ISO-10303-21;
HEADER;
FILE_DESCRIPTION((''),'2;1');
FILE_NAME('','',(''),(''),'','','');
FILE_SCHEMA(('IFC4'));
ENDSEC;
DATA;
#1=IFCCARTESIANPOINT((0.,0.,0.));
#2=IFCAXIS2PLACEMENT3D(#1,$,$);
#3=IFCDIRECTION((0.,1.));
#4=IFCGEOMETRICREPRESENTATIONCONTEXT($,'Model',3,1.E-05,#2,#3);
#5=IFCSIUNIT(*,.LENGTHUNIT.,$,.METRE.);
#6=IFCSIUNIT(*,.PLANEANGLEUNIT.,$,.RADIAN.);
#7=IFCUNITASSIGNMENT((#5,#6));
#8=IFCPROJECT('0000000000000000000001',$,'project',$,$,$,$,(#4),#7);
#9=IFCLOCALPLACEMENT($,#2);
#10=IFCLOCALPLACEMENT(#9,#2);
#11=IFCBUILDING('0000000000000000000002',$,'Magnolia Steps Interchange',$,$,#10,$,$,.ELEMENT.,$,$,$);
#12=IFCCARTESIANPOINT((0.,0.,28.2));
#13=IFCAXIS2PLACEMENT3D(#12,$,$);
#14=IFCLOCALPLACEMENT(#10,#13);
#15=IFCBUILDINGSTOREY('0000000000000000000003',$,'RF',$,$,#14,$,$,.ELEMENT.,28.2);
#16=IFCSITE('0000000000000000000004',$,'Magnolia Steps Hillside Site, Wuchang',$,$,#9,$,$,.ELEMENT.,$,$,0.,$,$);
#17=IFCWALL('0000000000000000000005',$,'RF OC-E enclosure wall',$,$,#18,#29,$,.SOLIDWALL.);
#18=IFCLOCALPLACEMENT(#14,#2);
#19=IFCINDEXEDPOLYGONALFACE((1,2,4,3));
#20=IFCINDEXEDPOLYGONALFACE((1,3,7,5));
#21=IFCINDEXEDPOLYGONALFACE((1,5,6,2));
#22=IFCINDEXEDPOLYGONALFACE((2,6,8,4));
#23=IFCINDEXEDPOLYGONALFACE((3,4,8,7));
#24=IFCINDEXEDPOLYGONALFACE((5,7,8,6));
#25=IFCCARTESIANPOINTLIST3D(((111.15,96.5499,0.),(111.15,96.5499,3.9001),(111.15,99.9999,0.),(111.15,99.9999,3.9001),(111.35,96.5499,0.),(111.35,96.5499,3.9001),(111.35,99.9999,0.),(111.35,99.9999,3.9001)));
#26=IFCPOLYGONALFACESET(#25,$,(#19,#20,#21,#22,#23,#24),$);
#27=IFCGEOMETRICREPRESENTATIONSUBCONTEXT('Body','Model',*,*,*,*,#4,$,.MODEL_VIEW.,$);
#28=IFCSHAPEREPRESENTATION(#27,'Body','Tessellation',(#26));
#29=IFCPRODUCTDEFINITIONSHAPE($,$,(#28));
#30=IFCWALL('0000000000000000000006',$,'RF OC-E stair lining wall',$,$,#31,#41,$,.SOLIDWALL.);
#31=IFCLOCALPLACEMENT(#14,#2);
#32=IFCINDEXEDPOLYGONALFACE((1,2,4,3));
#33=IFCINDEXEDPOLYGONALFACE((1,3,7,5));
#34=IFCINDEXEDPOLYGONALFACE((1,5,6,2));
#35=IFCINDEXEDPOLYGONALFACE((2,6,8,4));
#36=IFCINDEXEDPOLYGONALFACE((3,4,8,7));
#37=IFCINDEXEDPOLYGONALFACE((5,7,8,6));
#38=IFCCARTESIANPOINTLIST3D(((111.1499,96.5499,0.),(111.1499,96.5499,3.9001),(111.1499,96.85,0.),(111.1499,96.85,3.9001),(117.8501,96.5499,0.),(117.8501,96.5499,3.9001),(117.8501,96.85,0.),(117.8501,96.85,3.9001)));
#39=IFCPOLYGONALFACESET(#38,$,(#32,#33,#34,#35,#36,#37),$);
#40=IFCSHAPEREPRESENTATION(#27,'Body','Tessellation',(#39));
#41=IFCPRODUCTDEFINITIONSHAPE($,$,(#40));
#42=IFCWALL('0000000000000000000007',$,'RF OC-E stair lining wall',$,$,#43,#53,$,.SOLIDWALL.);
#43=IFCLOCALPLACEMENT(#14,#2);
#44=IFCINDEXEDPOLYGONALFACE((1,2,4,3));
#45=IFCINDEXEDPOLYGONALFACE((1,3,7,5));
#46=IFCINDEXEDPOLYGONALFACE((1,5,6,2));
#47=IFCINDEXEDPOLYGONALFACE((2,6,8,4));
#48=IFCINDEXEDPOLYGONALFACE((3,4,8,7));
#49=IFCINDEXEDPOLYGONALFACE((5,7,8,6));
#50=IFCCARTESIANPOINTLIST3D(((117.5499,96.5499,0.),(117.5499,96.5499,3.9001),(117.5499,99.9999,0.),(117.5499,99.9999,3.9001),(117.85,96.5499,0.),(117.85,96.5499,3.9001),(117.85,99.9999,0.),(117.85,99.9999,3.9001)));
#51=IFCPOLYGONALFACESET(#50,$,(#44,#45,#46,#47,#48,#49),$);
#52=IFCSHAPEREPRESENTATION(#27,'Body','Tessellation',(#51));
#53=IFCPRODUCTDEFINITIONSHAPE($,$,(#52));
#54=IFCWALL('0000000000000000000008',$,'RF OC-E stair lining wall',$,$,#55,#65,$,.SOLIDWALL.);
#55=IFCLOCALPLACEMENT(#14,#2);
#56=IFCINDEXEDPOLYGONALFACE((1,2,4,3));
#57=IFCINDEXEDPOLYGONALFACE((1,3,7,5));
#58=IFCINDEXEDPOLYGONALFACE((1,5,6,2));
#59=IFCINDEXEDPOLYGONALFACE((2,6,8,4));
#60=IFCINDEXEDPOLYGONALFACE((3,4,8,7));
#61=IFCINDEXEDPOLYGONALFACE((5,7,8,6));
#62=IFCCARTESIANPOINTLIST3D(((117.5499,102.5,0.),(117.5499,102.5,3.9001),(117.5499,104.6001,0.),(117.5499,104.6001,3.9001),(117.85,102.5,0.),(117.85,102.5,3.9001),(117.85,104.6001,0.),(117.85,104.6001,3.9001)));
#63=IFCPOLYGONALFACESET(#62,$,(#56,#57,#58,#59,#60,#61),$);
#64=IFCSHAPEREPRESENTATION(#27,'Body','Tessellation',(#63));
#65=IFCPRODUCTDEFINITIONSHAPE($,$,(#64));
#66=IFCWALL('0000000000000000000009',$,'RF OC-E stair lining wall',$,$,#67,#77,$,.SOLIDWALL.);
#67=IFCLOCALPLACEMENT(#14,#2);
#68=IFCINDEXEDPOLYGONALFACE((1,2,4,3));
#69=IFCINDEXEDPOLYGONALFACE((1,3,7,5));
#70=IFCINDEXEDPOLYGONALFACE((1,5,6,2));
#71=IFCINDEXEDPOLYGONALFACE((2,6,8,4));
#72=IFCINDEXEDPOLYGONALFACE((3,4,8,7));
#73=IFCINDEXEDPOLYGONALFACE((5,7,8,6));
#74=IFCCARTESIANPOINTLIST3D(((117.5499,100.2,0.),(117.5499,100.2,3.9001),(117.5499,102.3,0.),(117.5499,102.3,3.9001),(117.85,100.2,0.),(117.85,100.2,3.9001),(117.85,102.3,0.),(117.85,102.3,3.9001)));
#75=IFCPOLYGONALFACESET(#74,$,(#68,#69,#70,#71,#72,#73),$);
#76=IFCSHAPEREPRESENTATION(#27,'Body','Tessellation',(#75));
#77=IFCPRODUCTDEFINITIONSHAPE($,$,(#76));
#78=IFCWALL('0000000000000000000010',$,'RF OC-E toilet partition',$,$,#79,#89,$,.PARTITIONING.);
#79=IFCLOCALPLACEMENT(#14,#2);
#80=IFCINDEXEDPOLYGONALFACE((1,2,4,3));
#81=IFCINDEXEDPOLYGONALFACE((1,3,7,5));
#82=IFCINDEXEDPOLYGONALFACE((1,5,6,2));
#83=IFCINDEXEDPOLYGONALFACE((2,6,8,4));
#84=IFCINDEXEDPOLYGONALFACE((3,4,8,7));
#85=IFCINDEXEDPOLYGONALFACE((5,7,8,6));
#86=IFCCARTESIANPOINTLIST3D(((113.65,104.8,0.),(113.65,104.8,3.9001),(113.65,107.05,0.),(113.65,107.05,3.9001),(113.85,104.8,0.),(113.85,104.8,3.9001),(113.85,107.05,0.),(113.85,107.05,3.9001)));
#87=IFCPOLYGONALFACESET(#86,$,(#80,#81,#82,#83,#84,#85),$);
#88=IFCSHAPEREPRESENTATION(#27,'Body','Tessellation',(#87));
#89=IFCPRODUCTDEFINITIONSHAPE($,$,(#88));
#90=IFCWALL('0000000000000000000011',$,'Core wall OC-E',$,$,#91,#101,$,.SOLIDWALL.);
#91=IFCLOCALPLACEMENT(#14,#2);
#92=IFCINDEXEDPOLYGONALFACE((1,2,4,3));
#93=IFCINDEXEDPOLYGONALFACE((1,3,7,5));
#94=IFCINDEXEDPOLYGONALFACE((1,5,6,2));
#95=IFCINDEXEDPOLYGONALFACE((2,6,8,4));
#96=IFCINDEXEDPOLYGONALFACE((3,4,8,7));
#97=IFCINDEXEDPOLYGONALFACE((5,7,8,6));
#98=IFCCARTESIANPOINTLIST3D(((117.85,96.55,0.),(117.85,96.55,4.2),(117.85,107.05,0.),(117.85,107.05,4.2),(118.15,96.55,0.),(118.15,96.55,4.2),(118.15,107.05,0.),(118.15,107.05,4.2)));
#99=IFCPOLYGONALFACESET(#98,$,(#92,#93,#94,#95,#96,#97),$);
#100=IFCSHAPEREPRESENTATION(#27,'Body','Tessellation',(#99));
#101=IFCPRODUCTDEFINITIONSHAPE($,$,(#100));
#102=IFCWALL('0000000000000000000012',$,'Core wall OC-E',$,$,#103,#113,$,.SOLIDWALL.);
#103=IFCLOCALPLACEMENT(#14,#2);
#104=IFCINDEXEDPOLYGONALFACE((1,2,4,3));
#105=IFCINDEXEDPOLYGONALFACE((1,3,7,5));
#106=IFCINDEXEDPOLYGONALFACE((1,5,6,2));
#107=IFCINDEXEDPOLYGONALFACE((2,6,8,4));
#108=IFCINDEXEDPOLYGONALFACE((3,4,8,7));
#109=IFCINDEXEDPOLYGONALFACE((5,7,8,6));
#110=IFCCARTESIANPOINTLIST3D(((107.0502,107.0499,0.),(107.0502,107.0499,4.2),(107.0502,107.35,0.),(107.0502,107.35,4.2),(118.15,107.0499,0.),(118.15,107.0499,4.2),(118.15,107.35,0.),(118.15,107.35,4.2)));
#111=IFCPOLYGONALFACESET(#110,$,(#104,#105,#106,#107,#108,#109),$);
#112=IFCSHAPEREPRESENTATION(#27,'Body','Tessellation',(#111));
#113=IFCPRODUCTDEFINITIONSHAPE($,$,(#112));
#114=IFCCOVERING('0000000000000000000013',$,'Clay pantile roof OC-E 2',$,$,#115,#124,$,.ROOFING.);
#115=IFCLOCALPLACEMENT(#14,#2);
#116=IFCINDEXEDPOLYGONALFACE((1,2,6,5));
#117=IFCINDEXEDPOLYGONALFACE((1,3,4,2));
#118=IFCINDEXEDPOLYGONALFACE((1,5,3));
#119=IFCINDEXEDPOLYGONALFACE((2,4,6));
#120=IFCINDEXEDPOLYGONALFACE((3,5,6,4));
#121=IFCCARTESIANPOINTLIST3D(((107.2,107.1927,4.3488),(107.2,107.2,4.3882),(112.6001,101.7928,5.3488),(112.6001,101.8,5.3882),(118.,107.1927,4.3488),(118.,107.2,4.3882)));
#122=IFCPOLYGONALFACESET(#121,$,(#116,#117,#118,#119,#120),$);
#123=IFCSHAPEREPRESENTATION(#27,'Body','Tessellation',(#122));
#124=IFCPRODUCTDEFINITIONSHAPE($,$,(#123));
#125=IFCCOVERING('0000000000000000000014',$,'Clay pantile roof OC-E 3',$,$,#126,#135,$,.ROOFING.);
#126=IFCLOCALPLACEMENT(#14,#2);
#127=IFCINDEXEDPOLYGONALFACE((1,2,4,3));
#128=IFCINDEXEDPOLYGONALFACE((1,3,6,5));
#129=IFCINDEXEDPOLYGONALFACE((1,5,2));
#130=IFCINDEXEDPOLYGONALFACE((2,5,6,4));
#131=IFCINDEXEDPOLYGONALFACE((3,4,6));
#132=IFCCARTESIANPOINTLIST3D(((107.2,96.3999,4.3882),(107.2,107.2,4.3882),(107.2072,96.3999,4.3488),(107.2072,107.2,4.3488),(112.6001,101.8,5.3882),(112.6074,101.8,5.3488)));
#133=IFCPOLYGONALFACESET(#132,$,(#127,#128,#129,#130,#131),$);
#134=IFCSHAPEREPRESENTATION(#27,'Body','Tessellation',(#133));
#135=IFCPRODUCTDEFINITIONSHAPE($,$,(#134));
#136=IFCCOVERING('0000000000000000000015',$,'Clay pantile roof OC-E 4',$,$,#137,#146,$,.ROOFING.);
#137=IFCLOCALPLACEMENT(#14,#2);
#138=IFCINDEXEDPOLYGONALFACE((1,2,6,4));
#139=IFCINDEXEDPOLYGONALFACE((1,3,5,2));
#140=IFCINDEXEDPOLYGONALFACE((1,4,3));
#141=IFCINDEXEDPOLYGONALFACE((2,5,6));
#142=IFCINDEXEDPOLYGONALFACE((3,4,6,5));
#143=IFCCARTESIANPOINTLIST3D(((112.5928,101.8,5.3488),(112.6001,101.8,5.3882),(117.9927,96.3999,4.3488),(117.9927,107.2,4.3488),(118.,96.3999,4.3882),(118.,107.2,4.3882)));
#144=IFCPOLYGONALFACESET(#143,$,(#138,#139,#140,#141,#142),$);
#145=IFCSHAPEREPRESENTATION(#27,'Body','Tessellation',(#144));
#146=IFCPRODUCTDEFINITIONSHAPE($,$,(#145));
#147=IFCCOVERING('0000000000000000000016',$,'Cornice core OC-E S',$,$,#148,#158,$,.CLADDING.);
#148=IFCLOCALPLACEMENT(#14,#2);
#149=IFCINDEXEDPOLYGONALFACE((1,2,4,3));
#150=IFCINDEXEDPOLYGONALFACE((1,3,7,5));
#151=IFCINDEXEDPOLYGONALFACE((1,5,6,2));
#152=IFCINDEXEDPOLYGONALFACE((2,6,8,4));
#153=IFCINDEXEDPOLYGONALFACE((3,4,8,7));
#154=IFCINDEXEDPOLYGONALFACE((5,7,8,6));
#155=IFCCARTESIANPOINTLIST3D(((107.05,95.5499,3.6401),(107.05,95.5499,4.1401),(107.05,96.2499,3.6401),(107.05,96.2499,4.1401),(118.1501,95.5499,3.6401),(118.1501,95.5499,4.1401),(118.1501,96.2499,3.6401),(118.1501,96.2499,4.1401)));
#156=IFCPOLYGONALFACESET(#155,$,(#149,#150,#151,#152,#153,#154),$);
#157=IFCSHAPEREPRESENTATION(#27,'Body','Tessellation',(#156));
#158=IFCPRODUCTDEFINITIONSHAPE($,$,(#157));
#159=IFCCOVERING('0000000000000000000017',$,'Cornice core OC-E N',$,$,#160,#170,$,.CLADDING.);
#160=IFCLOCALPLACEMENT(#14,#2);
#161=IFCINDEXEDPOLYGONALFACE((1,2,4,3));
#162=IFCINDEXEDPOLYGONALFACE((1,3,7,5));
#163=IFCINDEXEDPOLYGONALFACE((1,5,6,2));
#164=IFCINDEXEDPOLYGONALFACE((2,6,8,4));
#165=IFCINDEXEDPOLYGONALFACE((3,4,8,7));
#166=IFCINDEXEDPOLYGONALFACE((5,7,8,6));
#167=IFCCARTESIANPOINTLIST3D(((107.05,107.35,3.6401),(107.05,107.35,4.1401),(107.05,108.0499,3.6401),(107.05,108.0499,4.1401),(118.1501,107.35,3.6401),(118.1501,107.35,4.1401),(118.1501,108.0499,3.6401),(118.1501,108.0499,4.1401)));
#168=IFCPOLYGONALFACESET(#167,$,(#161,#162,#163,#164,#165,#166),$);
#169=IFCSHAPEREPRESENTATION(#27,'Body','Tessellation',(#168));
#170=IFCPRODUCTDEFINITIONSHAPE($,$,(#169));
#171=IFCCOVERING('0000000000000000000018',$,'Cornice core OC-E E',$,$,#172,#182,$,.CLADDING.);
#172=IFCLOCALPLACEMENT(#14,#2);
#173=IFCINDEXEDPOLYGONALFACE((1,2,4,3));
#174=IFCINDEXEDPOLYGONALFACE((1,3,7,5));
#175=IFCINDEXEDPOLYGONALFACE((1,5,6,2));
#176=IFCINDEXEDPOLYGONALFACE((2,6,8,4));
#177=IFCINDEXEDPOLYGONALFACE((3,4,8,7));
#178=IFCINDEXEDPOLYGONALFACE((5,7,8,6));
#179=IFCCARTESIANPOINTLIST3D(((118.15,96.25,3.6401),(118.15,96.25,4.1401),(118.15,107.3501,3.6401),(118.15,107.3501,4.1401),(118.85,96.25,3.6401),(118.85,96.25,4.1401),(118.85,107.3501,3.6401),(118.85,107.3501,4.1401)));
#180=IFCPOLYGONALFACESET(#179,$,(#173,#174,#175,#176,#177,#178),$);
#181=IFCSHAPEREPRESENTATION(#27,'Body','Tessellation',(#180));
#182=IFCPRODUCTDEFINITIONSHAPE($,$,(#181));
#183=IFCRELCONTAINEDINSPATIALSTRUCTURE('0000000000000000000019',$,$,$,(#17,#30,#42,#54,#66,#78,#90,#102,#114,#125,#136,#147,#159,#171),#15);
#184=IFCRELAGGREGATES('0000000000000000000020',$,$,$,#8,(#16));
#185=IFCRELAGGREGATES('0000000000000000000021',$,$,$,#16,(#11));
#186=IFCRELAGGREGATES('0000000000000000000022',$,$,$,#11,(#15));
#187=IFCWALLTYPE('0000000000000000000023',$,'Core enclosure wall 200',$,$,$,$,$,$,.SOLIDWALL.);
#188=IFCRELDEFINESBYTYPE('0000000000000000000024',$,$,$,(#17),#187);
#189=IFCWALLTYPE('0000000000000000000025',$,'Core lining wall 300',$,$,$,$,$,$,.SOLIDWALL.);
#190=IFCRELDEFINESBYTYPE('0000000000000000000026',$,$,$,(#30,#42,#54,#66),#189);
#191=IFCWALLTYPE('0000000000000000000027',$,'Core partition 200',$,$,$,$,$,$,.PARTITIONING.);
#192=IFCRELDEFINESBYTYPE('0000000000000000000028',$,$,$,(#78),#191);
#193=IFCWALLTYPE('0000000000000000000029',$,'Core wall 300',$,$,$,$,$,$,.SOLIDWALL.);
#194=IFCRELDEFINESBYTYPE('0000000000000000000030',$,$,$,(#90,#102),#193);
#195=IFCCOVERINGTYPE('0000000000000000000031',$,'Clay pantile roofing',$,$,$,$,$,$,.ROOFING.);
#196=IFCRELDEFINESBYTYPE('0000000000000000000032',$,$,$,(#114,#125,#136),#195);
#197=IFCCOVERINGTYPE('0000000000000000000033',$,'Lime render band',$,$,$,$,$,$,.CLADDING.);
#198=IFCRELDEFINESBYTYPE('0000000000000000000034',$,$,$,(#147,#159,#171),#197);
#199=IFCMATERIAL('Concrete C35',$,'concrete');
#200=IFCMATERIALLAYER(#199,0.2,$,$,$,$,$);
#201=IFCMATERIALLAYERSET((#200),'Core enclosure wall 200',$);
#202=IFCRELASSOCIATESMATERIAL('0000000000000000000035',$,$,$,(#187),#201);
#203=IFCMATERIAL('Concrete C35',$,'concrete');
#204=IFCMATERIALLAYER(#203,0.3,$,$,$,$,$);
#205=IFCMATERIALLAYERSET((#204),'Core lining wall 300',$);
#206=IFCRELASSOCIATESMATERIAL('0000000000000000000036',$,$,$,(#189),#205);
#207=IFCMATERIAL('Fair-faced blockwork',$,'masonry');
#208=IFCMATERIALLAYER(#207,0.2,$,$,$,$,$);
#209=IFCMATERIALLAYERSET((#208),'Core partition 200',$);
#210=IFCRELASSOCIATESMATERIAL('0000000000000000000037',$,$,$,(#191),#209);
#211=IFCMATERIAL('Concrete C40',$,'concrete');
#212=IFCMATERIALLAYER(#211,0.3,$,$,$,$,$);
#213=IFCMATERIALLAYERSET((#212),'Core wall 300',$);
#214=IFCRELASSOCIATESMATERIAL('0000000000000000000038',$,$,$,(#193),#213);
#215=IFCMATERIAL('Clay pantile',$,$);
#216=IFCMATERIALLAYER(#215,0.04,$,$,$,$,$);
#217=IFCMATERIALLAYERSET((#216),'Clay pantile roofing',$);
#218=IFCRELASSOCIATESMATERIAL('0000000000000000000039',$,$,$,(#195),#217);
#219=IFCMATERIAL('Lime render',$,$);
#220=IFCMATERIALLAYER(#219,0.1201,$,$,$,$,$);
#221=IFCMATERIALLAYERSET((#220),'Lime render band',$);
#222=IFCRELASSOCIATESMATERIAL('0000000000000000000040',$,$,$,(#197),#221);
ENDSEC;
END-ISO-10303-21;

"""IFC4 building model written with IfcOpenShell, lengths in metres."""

from ifc_helpers import new_model, si_unit, direction, frame, frame_2d, origin, origin_2d, place, context, subcontext, project, spatial, polyline, rectangle, outline, extrude, material, layer, layer_set, type_object, element, save


model = new_model("IFC4")

# Units and contexts
model_context = context("Model", 3, precision=1e-05, world=origin(), true_north=direction((0.0, 1.0)))
body_context = subcontext(model_context, "Body", "Model", "MODEL_VIEW")
ifc_project = project(units=[si_unit("LENGTHUNIT", "METRE"), si_unit("PLANEANGLEUNIT", "RADIAN")], contexts=[model_context])

# Site, building, storey
site_placement = place(None, origin())
site = spatial("IfcSite", under=ifc_project, at=site_placement, Name="Magnolia Steps Hillside Site, Wuchang", CompositionType="ELEMENT", RefElevation=0.0)
building_placement = place(site_placement, origin())
building = spatial("IfcBuilding", under=site, at=building_placement, Name="Magnolia Steps Interchange", CompositionType="ELEMENT")
storey_placement = place(building_placement, frame((0.0, 0.0, 28.2)))
storey = spatial("IfcBuildingStorey", under=building, at=storey_placement, Name="RF", CompositionType="ELEMENT", Elevation=28.2)

# Walls
ifc_material_1 = material(Name="Concrete C35", Category="concrete")
ifc_layer_1 = layer(ifc_material_1, 0.2)
ifc_layer_set_1 = layer_set([ifc_layer_1], Name="Core enclosure wall 200")
wall_type_1 = type_object("IfcWallType", Name="Core enclosure wall 200", PredefinedType="SOLIDWALL", material=ifc_layer_set_1)
wall_1_placement = place(storey_placement, frame((111.25, 100.0, 0.0), z_axis=(0.0, 0.0, 1.0), x_axis=(0.0, -1.0, 0.0)))
element("IfcWall", 1, at=wall_1_placement, inside=storey, type_object=wall_type_1, Name="RF OC-E enclosure wall", PredefinedType="SOLIDWALL", context=body_context, shape_type="SweptSolid", body=[
    extrude(rectangle(XDim=3.45, YDim=0.2, at=frame_2d((1.7251, 0.0))), origin(), (0.0, 0.0, 1.0), 3.9001),
])
ifc_material_2 = material(Name="Concrete C35", Category="concrete")
ifc_layer_2 = layer(ifc_material_2, 0.3)
ifc_layer_set_2 = layer_set([ifc_layer_2], Name="Core lining wall 300")
wall_type_2 = type_object("IfcWallType", Name="Core lining wall 300", PredefinedType="SOLIDWALL", material=ifc_layer_set_2)
wall_2_placement = place(storey_placement, frame((111.1499, 96.7, 0.0), z_axis=(0.0, 0.0, 1.0), x_axis=(1.0, 0.0, 0.0)))
element("IfcWall", 2, at=wall_2_placement, inside=storey, type_object=wall_type_2, Name="RF OC-E stair lining wall", PredefinedType="SOLIDWALL", context=body_context, shape_type="SweptSolid", body=[
    extrude(rectangle(XDim=6.7002, YDim=0.3, at=frame_2d((3.3501, 0.0))), origin(), (0.0, 0.0, 1.0), 3.9001),
])
wall_3_placement = place(storey_placement, frame((117.7, 100.0, 0.0), z_axis=(0.0, 0.0, 1.0), x_axis=(0.0, -1.0, 0.0)))
element("IfcWall", 3, at=wall_3_placement, inside=storey, type_object=wall_type_2, Name="RF OC-E stair lining wall", PredefinedType="SOLIDWALL", context=body_context, shape_type="SweptSolid", body=[
    extrude(rectangle(XDim=3.45, YDim=0.3, at=frame_2d((1.7251, 0.0))), origin(), (0.0, 0.0, 1.0), 3.9001),
])
for number, where, z_axis, x_axis, name in (
    (4, (117.7, 104.6001, 0.0), (0.0, 0.0, 1.0), (0.0, -1.0, 0.0), "RF OC-E stair lining wall"),
    (5, (117.7, 102.3, 0.0), (0.0, 0.0, 1.0), (0.0, -1.0, 0.0), "RF OC-E stair lining wall"),
):
    element("IfcWall", number, at=place(storey_placement, frame(where, z_axis=z_axis, x_axis=x_axis)), inside=storey, type_object=wall_type_2, Name=name, PredefinedType="SOLIDWALL", context=body_context, shape_type="SweptSolid", body=[
        extrude(rectangle(XDim=2.1001, YDim=0.3, at=frame_2d((1.05, 0.0))), origin(), (0.0, 0.0, 1.0), 3.9001),
    ])
ifc_material_3 = material(Name="Fair-faced blockwork", Category="masonry")
ifc_layer_3 = layer(ifc_material_3, 0.2)
ifc_layer_set_3 = layer_set([ifc_layer_3], Name="Core partition 200")
wall_type_3 = type_object("IfcWallType", Name="Core partition 200", PredefinedType="PARTITIONING", material=ifc_layer_set_3)
wall_4_placement = place(storey_placement, frame((113.75, 107.05, 0.0), z_axis=(0.0, 0.0, 1.0), x_axis=(0.0, -1.0, 0.0)))
element("IfcWall", 6, at=wall_4_placement, inside=storey, type_object=wall_type_3, Name="RF OC-E toilet partition", PredefinedType="PARTITIONING", context=body_context, shape_type="SweptSolid", body=[
    extrude(rectangle(XDim=2.25, YDim=0.2, at=frame_2d((1.125, 0.0))), origin(), (0.0, 0.0, 1.0), 3.9001),
])
ifc_material_4 = material(Name="Concrete C40", Category="concrete")
ifc_layer_4 = layer(ifc_material_4, 0.3)
ifc_layer_set_4 = layer_set([ifc_layer_4], Name="Core wall 300")
wall_type_4 = type_object("IfcWallType", Name="Core wall 300", PredefinedType="SOLIDWALL", material=ifc_layer_set_4)
wall_5_placement = place(storey_placement, frame((118.0, 96.55, 0.0), z_axis=(0.0, 0.0, 1.0), x_axis=(0.0, 1.0, 0.0)))
element("IfcWall", 7, at=wall_5_placement, inside=storey, type_object=wall_type_4, Name="Core wall OC-E", PredefinedType="SOLIDWALL", context=body_context, shape_type="SweptSolid", body=[
    extrude(rectangle(XDim=10.5, YDim=0.3, at=frame_2d((5.25, 0.0))), origin(), (0.0, 0.0, 1.0), 4.2),
])
wall_6_placement = place(storey_placement, frame((118.1499, 107.2, 0.0), z_axis=(0.0, 0.0, 1.0), x_axis=(-1.0, 0.0, 0.0)))
element("IfcWall", 8, at=wall_6_placement, inside=storey, type_object=wall_type_4, Name="Core wall OC-E", PredefinedType="SOLIDWALL", context=body_context, shape_type="SweptSolid", body=[
    extrude(rectangle(XDim=11.0999, YDim=0.3, at=frame_2d((5.5498, 0.0))), origin(), (0.0, 0.0, 1.0), 4.2),
])

# Coverings
ifc_material_5 = material(Name="Clay pantile")
ifc_layer_5 = layer(ifc_material_5, 0.04)
ifc_layer_set_5 = layer_set([ifc_layer_5], Name="Clay pantile roofing")
covering_type_1 = type_object("IfcCoveringType", Name="Clay pantile roofing", PredefinedType="ROOFING", material=ifc_layer_set_5)
covering_1_placement = place(storey_placement, frame((118.0, 107.2, 4.3882), z_axis=(0.0, 0.182092, 0.983281), x_axis=(-1.0, 0.0, 0.0)))
element("IfcCovering", 9, at=covering_1_placement, inside=storey, type_object=covering_type_1, Name="Clay pantile roof OC-E 2", PredefinedType="ROOFING", context=body_context, shape_type="SweptSolid", body=[
    extrude(outline(polyline([(0.0, 0.0), (10.8, 0.0), (5.3999, 5.4917), (0.0, 0.0)])), origin(), (0.0, 0.0, -1.0), 0.04),
])
covering_2_placement = place(storey_placement, frame((107.2, 107.2, 4.3882), z_axis=(-0.182084, 0.0, 0.983283), x_axis=(0.0, -1.0, 0.0)))
element("IfcCovering", 10, at=covering_2_placement, inside=storey, type_object=covering_type_1, Name="Clay pantile roof OC-E 3", PredefinedType="ROOFING", context=body_context, shape_type="SweptSolid", body=[
    extrude(outline(polyline([(0.0, 0.0), (10.8, 0.0), (5.3999, 5.492), (0.0, 0.0)])), origin(), (0.0, 0.0, -1.0), 0.04),
])
covering_3_placement = place(storey_placement, frame((118.0, 96.3999, 4.3882), z_axis=(0.182092, 0.0, 0.983281), x_axis=(0.0, 1.0, 0.0)))
element("IfcCovering", 11, at=covering_3_placement, inside=storey, type_object=covering_type_1, Name="Clay pantile roof OC-E 4", PredefinedType="ROOFING", context=body_context, shape_type="SweptSolid", body=[
    extrude(outline(polyline([(0.0, 0.0), (10.8, 0.0), (5.4001, 5.4917), (0.0, 0.0)])), origin(), (0.0, 0.0, -1.0), 0.04),
])
ifc_material_6 = material(Name="Lime render")
ifc_layer_6 = layer(ifc_material_6, 0.1201)
ifc_layer_set_6 = layer_set([ifc_layer_6], Name="Lime render band")
covering_type_2 = type_object("IfcCoveringType", Name="Lime render band", PredefinedType="CLADDING", material=ifc_layer_set_6)
for number, where, z_axis, x_axis, name in (
    (12, (112.6001, 95.8999, 3.6401), (0.0, 0.0, 1.0), (1.0, 0.0, 0.0), "Cornice core OC-E S"),
    (13, (112.6001, 107.7, 3.6401), (0.0, 0.0, 1.0), (1.0, 0.0, 0.0), "Cornice core OC-E N"),
):
    element("IfcCovering", number, at=place(storey_placement, frame(where, z_axis=z_axis, x_axis=x_axis)), inside=storey, type_object=covering_type_2, Name=name, PredefinedType="CLADDING", context=body_context, shape_type="SweptSolid", body=[
        extrude(rectangle(XDim=11.1001, YDim=0.7, at=origin_2d()), origin(), (0.0, 0.0, 1.0), 0.5),
    ])
covering_4_placement = place(storey_placement, frame((118.5, 101.8, 3.6401), z_axis=(0.0, 0.0, 1.0), x_axis=(1.0, 0.0, 0.0)))
element("IfcCovering", 14, at=covering_4_placement, inside=storey, type_object=covering_type_2, Name="Cornice core OC-E E", PredefinedType="CLADDING", context=body_context, shape_type="SweptSolid", body=[
    extrude(rectangle(XDim=0.7, YDim=11.1001, at=origin_2d()), origin(), (0.0, 0.0, 1.0), 0.5),
])

save(model, "model.ifc")
